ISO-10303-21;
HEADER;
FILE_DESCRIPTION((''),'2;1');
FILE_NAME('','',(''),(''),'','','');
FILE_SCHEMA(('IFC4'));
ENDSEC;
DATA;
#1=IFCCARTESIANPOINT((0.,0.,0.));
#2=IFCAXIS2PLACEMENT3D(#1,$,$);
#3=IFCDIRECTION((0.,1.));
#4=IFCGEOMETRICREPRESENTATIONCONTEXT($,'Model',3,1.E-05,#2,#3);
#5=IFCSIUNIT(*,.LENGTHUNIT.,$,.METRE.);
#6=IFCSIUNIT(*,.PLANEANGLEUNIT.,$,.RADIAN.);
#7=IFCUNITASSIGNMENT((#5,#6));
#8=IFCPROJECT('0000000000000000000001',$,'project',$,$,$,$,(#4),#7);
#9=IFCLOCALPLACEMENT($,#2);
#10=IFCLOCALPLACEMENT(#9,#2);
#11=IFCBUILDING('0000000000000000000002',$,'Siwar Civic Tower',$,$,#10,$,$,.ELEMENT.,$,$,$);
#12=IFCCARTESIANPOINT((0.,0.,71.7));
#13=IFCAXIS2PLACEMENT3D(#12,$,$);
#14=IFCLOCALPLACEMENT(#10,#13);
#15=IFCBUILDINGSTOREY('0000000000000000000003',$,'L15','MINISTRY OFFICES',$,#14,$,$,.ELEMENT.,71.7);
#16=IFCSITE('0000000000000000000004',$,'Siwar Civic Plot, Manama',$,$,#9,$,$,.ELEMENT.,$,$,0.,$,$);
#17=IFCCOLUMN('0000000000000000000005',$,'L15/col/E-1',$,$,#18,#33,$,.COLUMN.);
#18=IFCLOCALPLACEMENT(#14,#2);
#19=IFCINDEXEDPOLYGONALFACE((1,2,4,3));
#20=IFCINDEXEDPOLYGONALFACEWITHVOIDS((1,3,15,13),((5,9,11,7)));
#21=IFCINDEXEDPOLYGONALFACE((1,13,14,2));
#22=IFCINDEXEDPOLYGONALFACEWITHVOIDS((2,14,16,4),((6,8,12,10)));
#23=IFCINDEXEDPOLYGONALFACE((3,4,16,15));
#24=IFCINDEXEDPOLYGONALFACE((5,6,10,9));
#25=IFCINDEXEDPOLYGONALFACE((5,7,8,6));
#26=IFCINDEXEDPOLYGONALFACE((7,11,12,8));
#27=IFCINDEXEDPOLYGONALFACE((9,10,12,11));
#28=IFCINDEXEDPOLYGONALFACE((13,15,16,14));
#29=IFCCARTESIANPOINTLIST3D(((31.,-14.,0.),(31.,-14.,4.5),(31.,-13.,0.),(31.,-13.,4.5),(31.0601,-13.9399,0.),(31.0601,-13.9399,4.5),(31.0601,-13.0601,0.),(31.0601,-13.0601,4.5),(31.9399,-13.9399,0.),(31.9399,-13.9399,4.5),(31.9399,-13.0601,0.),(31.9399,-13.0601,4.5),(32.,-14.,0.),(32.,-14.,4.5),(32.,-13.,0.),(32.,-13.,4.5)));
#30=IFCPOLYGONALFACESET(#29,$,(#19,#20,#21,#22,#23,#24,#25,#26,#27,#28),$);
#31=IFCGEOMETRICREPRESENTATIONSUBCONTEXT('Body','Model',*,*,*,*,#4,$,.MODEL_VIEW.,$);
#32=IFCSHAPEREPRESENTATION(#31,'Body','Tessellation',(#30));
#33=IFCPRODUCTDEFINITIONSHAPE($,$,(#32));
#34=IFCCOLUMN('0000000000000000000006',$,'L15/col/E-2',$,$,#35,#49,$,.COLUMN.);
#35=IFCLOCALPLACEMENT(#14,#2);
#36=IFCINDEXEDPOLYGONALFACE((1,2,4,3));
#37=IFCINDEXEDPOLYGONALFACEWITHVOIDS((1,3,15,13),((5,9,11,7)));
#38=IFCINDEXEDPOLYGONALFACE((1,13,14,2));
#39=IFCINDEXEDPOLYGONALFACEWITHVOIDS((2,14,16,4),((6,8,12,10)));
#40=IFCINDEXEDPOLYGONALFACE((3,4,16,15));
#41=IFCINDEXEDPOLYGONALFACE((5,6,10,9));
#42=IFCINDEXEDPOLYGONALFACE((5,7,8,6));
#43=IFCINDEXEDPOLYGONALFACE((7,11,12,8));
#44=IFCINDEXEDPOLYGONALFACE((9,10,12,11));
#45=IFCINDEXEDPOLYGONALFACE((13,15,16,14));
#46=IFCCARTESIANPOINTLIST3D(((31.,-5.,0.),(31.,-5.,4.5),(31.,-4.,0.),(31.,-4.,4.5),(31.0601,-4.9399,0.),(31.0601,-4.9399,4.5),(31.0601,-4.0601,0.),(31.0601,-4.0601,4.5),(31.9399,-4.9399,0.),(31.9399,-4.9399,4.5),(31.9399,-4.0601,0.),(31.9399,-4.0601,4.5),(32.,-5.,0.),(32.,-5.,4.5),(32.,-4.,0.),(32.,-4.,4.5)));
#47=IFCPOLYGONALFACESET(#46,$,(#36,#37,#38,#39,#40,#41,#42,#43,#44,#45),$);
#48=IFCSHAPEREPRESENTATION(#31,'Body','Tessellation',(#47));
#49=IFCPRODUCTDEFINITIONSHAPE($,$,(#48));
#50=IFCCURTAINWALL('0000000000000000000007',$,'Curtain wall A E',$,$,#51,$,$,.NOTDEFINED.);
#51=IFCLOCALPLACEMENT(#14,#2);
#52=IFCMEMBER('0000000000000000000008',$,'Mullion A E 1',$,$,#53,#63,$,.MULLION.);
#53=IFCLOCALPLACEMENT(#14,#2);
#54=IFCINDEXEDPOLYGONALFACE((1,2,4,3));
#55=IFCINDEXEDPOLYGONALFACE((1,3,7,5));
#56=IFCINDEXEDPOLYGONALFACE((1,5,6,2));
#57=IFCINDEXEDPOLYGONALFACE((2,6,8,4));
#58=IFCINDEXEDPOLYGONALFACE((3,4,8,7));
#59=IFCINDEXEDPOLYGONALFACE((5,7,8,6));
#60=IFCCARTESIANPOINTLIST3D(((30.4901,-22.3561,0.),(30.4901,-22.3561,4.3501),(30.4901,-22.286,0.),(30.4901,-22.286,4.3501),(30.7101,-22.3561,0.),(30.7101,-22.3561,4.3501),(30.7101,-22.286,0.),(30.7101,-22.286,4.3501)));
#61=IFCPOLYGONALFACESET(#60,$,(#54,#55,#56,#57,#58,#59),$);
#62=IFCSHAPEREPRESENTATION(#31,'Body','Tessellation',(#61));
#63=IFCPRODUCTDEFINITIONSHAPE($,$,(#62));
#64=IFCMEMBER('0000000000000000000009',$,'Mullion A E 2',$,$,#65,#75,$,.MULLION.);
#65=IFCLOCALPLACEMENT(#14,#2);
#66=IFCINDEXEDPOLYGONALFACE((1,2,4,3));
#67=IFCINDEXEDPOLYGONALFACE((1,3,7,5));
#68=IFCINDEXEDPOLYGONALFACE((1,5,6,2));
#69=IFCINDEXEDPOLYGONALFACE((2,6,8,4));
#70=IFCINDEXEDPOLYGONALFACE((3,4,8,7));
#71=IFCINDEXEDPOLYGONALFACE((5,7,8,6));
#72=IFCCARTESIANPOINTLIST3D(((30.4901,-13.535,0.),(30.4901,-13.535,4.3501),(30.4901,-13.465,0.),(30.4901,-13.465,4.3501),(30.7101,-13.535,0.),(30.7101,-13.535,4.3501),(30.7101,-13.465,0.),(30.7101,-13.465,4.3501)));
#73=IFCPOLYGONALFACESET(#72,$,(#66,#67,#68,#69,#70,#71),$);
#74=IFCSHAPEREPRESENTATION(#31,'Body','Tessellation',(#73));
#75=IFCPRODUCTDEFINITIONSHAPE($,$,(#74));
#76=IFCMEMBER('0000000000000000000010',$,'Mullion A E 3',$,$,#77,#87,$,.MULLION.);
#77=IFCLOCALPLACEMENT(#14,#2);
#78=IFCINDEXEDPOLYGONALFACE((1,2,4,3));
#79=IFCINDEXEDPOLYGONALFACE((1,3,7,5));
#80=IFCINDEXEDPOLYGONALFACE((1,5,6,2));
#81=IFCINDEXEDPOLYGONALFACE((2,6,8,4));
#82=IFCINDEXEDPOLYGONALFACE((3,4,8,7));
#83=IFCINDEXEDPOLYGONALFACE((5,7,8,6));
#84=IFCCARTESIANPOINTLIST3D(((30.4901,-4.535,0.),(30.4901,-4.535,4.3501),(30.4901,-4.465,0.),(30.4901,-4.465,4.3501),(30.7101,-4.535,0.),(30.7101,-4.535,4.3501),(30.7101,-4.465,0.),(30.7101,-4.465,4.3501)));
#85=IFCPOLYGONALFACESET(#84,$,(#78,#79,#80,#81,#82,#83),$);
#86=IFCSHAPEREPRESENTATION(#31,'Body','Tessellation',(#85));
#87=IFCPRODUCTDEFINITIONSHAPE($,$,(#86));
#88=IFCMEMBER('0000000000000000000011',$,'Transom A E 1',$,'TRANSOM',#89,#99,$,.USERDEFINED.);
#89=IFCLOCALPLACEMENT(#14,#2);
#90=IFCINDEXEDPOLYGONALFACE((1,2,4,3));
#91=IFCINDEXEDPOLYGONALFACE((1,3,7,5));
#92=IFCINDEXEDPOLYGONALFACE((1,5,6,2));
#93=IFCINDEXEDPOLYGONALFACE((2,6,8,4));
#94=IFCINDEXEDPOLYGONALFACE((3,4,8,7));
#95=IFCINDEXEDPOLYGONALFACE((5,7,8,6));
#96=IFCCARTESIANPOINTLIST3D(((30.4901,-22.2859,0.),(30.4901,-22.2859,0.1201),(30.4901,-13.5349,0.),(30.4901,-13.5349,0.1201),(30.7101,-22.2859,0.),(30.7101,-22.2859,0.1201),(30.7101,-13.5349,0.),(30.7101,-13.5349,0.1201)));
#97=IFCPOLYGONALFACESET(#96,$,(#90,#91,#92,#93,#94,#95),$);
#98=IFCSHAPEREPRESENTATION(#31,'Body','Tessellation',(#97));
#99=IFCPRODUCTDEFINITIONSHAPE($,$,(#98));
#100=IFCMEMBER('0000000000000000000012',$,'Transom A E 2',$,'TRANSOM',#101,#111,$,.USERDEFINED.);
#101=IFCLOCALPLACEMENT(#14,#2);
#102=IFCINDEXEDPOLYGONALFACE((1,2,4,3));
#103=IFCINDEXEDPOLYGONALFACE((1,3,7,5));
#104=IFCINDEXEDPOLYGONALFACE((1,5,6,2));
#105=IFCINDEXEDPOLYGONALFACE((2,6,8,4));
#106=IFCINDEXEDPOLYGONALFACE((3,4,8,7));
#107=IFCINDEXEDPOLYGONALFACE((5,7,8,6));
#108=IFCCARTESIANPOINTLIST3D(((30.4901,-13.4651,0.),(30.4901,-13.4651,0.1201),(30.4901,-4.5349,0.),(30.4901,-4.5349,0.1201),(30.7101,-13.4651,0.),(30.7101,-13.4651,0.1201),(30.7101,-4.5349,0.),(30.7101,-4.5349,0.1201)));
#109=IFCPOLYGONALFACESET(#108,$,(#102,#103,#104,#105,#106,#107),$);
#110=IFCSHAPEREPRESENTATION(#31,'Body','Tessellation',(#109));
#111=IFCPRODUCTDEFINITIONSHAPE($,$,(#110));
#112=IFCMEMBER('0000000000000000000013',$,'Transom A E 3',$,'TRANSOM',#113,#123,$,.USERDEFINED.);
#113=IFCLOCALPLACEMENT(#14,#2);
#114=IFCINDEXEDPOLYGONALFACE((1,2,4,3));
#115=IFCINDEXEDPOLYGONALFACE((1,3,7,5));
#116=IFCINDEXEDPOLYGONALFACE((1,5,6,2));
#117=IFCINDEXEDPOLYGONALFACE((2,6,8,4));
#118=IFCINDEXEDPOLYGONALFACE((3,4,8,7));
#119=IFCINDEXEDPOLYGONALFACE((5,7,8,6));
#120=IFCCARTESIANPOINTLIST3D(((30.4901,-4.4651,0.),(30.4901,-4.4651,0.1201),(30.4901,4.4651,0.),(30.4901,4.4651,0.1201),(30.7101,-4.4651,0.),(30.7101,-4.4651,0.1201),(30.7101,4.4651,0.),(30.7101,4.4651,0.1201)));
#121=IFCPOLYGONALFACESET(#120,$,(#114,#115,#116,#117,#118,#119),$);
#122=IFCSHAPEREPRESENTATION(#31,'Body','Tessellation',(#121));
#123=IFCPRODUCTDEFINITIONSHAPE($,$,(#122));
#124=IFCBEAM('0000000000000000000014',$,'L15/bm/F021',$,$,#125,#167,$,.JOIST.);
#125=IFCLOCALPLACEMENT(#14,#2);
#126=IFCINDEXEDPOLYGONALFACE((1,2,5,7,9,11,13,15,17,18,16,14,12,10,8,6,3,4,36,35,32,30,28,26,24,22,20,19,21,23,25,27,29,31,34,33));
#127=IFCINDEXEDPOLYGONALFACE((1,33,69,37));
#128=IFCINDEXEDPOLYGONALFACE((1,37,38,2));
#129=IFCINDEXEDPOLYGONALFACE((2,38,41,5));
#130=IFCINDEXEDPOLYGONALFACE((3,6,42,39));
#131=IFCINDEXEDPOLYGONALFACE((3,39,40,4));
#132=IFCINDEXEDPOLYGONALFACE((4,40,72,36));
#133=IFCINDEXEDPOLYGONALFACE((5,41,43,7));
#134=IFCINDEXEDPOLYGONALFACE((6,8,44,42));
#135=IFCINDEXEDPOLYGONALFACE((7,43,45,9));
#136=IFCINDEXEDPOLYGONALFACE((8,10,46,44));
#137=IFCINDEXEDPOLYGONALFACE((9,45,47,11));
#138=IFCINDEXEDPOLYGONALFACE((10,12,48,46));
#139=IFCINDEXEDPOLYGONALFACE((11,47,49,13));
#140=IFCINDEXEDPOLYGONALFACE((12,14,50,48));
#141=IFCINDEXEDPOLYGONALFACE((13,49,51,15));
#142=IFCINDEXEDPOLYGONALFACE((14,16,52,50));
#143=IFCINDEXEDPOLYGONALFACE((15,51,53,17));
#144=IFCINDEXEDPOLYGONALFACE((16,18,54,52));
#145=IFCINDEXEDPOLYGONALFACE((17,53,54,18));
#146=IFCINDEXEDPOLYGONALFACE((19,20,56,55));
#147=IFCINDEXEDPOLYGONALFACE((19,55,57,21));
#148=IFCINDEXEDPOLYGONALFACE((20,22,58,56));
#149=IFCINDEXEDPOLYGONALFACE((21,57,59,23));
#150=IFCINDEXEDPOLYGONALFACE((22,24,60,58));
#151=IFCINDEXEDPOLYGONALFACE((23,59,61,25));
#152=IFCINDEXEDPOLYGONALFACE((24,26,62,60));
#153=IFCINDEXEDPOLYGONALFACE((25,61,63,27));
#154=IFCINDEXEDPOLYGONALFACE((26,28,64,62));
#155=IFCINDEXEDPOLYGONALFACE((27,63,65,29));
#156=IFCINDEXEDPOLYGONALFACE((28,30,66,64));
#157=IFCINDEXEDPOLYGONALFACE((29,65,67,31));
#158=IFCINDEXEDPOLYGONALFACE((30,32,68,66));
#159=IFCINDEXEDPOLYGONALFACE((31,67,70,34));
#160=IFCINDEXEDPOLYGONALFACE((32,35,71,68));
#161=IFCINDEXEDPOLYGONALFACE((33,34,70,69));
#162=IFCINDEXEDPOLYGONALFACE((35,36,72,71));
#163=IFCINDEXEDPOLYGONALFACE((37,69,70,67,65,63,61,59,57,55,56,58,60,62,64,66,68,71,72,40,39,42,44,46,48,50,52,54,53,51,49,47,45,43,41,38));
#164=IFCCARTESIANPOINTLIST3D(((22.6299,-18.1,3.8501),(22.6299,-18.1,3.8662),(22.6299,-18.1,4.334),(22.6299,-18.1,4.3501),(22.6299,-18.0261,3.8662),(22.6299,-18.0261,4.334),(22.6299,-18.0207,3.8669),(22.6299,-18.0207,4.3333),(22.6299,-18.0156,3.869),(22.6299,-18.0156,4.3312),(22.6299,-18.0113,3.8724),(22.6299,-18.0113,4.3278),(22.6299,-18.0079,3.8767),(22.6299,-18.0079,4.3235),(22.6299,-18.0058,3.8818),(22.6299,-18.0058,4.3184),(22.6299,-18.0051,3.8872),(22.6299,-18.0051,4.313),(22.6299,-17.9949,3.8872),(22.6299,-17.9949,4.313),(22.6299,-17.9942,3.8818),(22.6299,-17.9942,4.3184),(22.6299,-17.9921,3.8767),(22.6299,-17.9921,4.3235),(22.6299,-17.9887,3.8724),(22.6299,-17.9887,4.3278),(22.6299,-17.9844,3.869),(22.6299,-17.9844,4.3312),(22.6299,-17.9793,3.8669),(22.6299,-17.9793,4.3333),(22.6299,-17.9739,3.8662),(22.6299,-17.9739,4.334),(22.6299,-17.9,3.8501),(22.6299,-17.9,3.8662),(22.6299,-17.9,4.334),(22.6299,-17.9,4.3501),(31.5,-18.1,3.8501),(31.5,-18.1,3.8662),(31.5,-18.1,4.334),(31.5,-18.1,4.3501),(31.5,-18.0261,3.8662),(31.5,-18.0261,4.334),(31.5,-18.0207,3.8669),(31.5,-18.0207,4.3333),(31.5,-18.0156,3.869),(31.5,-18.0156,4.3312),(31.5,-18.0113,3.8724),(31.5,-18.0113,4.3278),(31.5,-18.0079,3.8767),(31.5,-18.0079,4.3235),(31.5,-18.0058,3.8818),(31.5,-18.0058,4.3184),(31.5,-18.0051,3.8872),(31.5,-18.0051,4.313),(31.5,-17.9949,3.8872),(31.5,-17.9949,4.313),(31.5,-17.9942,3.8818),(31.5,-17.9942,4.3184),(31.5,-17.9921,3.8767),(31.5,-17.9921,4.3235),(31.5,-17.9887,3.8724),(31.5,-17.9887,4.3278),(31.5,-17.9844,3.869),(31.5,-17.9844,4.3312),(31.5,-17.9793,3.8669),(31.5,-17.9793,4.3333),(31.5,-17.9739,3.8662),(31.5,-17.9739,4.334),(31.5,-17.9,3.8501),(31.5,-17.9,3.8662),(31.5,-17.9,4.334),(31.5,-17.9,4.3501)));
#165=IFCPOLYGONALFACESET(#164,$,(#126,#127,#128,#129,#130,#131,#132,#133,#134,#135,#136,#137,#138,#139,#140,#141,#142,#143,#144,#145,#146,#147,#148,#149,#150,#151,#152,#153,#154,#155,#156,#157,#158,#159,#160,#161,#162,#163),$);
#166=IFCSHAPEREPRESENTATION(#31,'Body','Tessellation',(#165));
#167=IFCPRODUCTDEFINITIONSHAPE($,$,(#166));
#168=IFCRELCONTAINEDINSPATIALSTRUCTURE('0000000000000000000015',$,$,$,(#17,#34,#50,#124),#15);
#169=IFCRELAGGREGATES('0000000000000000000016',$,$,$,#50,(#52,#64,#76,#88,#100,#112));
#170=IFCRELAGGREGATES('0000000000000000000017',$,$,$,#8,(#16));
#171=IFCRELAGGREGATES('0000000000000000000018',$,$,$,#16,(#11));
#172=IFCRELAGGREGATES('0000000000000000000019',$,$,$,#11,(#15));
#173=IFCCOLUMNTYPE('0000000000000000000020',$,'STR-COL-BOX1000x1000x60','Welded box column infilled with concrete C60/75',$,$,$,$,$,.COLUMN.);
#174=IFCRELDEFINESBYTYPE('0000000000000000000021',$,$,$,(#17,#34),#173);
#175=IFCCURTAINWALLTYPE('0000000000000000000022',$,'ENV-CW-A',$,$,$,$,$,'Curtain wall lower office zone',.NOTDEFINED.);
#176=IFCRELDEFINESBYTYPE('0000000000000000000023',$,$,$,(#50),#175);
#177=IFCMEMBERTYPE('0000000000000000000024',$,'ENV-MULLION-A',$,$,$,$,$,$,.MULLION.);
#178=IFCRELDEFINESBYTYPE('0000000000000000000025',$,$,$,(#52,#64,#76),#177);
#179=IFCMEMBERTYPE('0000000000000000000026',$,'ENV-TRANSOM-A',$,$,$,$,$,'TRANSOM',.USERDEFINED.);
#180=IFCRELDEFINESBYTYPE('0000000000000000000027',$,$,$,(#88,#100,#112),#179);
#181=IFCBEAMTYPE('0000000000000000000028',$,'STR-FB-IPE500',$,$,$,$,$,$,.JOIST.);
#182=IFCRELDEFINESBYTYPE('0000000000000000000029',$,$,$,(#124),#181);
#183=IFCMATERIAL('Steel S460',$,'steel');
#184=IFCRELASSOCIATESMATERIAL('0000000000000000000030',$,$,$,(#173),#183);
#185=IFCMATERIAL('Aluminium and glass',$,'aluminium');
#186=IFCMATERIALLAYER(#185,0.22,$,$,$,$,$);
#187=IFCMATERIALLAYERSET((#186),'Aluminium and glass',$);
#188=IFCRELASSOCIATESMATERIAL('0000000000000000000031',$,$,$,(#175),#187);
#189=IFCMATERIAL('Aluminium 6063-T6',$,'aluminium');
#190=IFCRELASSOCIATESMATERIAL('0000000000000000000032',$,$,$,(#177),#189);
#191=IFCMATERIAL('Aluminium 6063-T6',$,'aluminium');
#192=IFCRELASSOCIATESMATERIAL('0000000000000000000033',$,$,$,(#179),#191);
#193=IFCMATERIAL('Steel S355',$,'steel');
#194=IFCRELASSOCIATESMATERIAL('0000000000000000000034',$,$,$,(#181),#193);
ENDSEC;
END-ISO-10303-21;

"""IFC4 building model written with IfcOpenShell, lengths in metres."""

from ifc_helpers import new_model, si_unit, direction, frame, origin, origin_2d, place, context, subcontext, project, spatial, rectangle, hollow_rectangle, i_section, extrude, material, layer, layer_set, material_profile, profile_set, type_object, element, aggregate, save


model = new_model("IFC4")

# Units and contexts
model_context = context("Model", 3, precision=1e-05, world=origin(), true_north=direction((0.0, 1.0)))
body_context = subcontext(model_context, "Body", "Model", "MODEL_VIEW")
ifc_project = project(units=[si_unit("LENGTHUNIT", "METRE"), si_unit("PLANEANGLEUNIT", "RADIAN")], contexts=[model_context])

# Site, building, storey
site_placement = place(None, origin())
site = spatial("IfcSite", under=ifc_project, at=site_placement, Name="Siwar Civic Plot, Manama", CompositionType="ELEMENT", RefElevation=0.0)
building_placement = place(site_placement, origin())
building = spatial("IfcBuilding", under=site, at=building_placement, Name="Siwar Civic Tower", CompositionType="ELEMENT")
storey_placement = place(building_placement, frame((0.0, 0.0, 71.7)))
storey = spatial("IfcBuildingStorey", under=building, at=storey_placement, Name="L15", Description="MINISTRY OFFICES", CompositionType="ELEMENT", Elevation=71.7)

# Columns
ifc_material_1 = material(Name="Steel S460", Category="steel")
ifc_material_profile_1 = material_profile(ifc_material_1, hollow_rectangle(XDim=1.0, YDim=1.0, WallThickness=0.0601, at=origin_2d()), Name="BOX1000x1000x60")
ifc_profile_set_1 = profile_set([ifc_material_profile_1], Name="Steel S460")
column_type = type_object("IfcColumnType", Name="STR-COL-BOX1000x1000x60", Description="Welded box column infilled with concrete C60/75", PredefinedType="COLUMN", material=ifc_profile_set_1)
for number, where, z_axis, x_axis, name in (
    (1, (31.5, -13.5, 0.0), (0.0, 0.0, 1.0), (1.0, 0.0, 0.0), "L15/col/E-1"),
    (2, (31.5, -4.5, 0.0), (0.0, 0.0, 1.0), (1.0, 0.0, 0.0), "L15/col/E-2"),
):
    element("IfcColumn", number, at=place(storey_placement, frame(where, z_axis=z_axis, x_axis=x_axis)), inside=storey, type_object=column_type, Name=name, PredefinedType="COLUMN", context=body_context, shape_type="SweptSolid", body=[
        extrude(hollow_rectangle(XDim=1.0, YDim=1.0, WallThickness=0.0601, at=origin_2d()), origin(), (0.0, 0.0, 1.0), 4.5),
    ])

# Curtain wall, members
ifc_material_2 = material(Name="Aluminium and glass", Category="aluminium")
ifc_layer_1 = layer(ifc_material_2, 0.22)
ifc_layer_set_1 = layer_set([ifc_layer_1], Name="Aluminium and glass")
curtain_wall_type = type_object("IfcCurtainWallType", Name="ENV-CW-A", ElementType="Curtain wall lower office zone", PredefinedType="NOTDEFINED", material=ifc_layer_set_1)
curtain_wall_placement = place(storey_placement, origin())
curtain_wall = element("IfcCurtainWall", 3, at=curtain_wall_placement, inside=storey, type_object=curtain_wall_type, Name="Curtain wall A E", PredefinedType="NOTDEFINED")
ifc_material_3 = material(Name="Aluminium 6063-T6", Category="aluminium")
ifc_material_profile_2 = material_profile(ifc_material_3, rectangle(XDim=0.22, YDim=0.0701, at=origin_2d()), Name="AL 220x70")
ifc_profile_set_2 = profile_set([ifc_material_profile_2], Name="Aluminium 6063-T6")
member_type_1 = type_object("IfcMemberType", Name="ENV-MULLION-A", PredefinedType="MULLION", material=ifc_profile_set_2)
member_1_placement = place(storey_placement, frame((30.6001, -22.321, 0.0), z_axis=(0.0, 0.0, 1.0), x_axis=(-1.0, 0.0, 0.0)))
member_1 = element("IfcMember", 4, at=member_1_placement, type_object=member_type_1, Name="Mullion A E 1", PredefinedType="MULLION", context=body_context, shape_type="SweptSolid", body=[
    extrude(rectangle(XDim=0.22, YDim=0.0701, at=origin_2d()), origin(), (0.0, 0.0, 1.0), 4.3501),
])
member_2_placement = place(storey_placement, frame((30.6001, -13.5, 0.0), z_axis=(0.0, 0.0, 1.0), x_axis=(-1.0, 0.0, 0.0)))
member_2 = element("IfcMember", 5, at=member_2_placement, type_object=member_type_1, Name="Mullion A E 2", PredefinedType="MULLION", context=body_context, shape_type="SweptSolid", body=[
    extrude(rectangle(XDim=0.22, YDim=0.0701, at=origin_2d()), origin(), (0.0, 0.0, 1.0), 4.3501),
])
member_3_placement = place(storey_placement, frame((30.6001, -4.5, 0.0), z_axis=(0.0, 0.0, 1.0), x_axis=(-1.0, 0.0, 0.0)))
member_3 = element("IfcMember", 6, at=member_3_placement, type_object=member_type_1, Name="Mullion A E 3", PredefinedType="MULLION", context=body_context, shape_type="SweptSolid", body=[
    extrude(rectangle(XDim=0.22, YDim=0.0701, at=origin_2d()), origin(), (0.0, 0.0, 1.0), 4.3501),
])
ifc_material_4 = material(Name="Aluminium 6063-T6", Category="aluminium")
ifc_material_profile_3 = material_profile(ifc_material_4, rectangle(XDim=0.22, YDim=0.1201, at=origin_2d()), Name="AL 220x120")
ifc_profile_set_3 = profile_set([ifc_material_profile_3], Name="Aluminium 6063-T6")
member_type_2 = type_object("IfcMemberType", Name="ENV-TRANSOM-A", ElementType="TRANSOM", PredefinedType="USERDEFINED", material=ifc_profile_set_3)
member_4_placement = place(storey_placement, frame((30.6001, -22.2859, 0.0601), z_axis=(0.0, 1.0, 0.0), x_axis=(-1.0, 0.0, 0.0)))
member_4 = element("IfcMember", 7, at=member_4_placement, type_object=member_type_2, Name="Transom A E 1", ObjectType="TRANSOM", PredefinedType="USERDEFINED", context=body_context, shape_type="SweptSolid", body=[
    extrude(rectangle(XDim=0.22, YDim=0.1201, at=origin_2d()), origin(), (0.0, 0.0, 1.0), 8.751),
])
member_5_placement = place(storey_placement, frame((30.6001, -13.4651, 0.0601), z_axis=(0.0, 1.0, 0.0), x_axis=(-1.0, 0.0, 0.0)))
member_5 = element("IfcMember", 8, at=member_5_placement, type_object=member_type_2, Name="Transom A E 2", ObjectType="TRANSOM", PredefinedType="USERDEFINED", context=body_context, shape_type="SweptSolid", body=[
    extrude(rectangle(XDim=0.22, YDim=0.1201, at=origin_2d()), origin(), (0.0, 0.0, 1.0), 8.9302),
])
member_6_placement = place(storey_placement, frame((30.6001, -4.4651, 0.0601), z_axis=(0.0, 1.0, 0.0), x_axis=(-1.0, 0.0, 0.0)))
member_6 = element("IfcMember", 9, at=member_6_placement, type_object=member_type_2, Name="Transom A E 3", ObjectType="TRANSOM", PredefinedType="USERDEFINED", context=body_context, shape_type="SweptSolid", body=[
    extrude(rectangle(XDim=0.22, YDim=0.1201, at=origin_2d()), origin(), (0.0, 0.0, 1.0), 8.9302),
])

# Beam
ifc_material_5 = material(Name="Steel S355", Category="steel")
ifc_material_profile_4 = material_profile(ifc_material_5, i_section(OverallWidth=0.2, OverallDepth=0.5, WebThickness=0.0103, FlangeThickness=0.0161, FilletRadius=0.021, at=origin_2d()), Name="IPE500")
ifc_profile_set_4 = profile_set([ifc_material_profile_4], Name="Steel S355")
beam_type_1 = type_object("IfcBeamType", Name="STR-FB-IPE500", PredefinedType="JOIST", material=ifc_profile_set_4)
beam_1_placement = place(storey_placement, frame((22.6299, -18.0, 4.1001), z_axis=(1.0, 0.0, 0.0), x_axis=(0.0, 1.0, 0.0)))
element("IfcBeam", 10, at=beam_1_placement, inside=storey, type_object=beam_type_1, Name="L15/bm/F021", PredefinedType="JOIST", context=body_context, shape_type="SweptSolid", body=[
    extrude(i_section(OverallWidth=0.2, OverallDepth=0.5, WebThickness=0.0103, FlangeThickness=0.0161, FilletRadius=0.021, at=origin_2d()), origin(), (0.0, 0.0, 1.0), 8.8701),
])

aggregate(curtain_wall, [member_1, member_2, member_3, member_4, member_5, member_6])

save(model, "model.ifc")
